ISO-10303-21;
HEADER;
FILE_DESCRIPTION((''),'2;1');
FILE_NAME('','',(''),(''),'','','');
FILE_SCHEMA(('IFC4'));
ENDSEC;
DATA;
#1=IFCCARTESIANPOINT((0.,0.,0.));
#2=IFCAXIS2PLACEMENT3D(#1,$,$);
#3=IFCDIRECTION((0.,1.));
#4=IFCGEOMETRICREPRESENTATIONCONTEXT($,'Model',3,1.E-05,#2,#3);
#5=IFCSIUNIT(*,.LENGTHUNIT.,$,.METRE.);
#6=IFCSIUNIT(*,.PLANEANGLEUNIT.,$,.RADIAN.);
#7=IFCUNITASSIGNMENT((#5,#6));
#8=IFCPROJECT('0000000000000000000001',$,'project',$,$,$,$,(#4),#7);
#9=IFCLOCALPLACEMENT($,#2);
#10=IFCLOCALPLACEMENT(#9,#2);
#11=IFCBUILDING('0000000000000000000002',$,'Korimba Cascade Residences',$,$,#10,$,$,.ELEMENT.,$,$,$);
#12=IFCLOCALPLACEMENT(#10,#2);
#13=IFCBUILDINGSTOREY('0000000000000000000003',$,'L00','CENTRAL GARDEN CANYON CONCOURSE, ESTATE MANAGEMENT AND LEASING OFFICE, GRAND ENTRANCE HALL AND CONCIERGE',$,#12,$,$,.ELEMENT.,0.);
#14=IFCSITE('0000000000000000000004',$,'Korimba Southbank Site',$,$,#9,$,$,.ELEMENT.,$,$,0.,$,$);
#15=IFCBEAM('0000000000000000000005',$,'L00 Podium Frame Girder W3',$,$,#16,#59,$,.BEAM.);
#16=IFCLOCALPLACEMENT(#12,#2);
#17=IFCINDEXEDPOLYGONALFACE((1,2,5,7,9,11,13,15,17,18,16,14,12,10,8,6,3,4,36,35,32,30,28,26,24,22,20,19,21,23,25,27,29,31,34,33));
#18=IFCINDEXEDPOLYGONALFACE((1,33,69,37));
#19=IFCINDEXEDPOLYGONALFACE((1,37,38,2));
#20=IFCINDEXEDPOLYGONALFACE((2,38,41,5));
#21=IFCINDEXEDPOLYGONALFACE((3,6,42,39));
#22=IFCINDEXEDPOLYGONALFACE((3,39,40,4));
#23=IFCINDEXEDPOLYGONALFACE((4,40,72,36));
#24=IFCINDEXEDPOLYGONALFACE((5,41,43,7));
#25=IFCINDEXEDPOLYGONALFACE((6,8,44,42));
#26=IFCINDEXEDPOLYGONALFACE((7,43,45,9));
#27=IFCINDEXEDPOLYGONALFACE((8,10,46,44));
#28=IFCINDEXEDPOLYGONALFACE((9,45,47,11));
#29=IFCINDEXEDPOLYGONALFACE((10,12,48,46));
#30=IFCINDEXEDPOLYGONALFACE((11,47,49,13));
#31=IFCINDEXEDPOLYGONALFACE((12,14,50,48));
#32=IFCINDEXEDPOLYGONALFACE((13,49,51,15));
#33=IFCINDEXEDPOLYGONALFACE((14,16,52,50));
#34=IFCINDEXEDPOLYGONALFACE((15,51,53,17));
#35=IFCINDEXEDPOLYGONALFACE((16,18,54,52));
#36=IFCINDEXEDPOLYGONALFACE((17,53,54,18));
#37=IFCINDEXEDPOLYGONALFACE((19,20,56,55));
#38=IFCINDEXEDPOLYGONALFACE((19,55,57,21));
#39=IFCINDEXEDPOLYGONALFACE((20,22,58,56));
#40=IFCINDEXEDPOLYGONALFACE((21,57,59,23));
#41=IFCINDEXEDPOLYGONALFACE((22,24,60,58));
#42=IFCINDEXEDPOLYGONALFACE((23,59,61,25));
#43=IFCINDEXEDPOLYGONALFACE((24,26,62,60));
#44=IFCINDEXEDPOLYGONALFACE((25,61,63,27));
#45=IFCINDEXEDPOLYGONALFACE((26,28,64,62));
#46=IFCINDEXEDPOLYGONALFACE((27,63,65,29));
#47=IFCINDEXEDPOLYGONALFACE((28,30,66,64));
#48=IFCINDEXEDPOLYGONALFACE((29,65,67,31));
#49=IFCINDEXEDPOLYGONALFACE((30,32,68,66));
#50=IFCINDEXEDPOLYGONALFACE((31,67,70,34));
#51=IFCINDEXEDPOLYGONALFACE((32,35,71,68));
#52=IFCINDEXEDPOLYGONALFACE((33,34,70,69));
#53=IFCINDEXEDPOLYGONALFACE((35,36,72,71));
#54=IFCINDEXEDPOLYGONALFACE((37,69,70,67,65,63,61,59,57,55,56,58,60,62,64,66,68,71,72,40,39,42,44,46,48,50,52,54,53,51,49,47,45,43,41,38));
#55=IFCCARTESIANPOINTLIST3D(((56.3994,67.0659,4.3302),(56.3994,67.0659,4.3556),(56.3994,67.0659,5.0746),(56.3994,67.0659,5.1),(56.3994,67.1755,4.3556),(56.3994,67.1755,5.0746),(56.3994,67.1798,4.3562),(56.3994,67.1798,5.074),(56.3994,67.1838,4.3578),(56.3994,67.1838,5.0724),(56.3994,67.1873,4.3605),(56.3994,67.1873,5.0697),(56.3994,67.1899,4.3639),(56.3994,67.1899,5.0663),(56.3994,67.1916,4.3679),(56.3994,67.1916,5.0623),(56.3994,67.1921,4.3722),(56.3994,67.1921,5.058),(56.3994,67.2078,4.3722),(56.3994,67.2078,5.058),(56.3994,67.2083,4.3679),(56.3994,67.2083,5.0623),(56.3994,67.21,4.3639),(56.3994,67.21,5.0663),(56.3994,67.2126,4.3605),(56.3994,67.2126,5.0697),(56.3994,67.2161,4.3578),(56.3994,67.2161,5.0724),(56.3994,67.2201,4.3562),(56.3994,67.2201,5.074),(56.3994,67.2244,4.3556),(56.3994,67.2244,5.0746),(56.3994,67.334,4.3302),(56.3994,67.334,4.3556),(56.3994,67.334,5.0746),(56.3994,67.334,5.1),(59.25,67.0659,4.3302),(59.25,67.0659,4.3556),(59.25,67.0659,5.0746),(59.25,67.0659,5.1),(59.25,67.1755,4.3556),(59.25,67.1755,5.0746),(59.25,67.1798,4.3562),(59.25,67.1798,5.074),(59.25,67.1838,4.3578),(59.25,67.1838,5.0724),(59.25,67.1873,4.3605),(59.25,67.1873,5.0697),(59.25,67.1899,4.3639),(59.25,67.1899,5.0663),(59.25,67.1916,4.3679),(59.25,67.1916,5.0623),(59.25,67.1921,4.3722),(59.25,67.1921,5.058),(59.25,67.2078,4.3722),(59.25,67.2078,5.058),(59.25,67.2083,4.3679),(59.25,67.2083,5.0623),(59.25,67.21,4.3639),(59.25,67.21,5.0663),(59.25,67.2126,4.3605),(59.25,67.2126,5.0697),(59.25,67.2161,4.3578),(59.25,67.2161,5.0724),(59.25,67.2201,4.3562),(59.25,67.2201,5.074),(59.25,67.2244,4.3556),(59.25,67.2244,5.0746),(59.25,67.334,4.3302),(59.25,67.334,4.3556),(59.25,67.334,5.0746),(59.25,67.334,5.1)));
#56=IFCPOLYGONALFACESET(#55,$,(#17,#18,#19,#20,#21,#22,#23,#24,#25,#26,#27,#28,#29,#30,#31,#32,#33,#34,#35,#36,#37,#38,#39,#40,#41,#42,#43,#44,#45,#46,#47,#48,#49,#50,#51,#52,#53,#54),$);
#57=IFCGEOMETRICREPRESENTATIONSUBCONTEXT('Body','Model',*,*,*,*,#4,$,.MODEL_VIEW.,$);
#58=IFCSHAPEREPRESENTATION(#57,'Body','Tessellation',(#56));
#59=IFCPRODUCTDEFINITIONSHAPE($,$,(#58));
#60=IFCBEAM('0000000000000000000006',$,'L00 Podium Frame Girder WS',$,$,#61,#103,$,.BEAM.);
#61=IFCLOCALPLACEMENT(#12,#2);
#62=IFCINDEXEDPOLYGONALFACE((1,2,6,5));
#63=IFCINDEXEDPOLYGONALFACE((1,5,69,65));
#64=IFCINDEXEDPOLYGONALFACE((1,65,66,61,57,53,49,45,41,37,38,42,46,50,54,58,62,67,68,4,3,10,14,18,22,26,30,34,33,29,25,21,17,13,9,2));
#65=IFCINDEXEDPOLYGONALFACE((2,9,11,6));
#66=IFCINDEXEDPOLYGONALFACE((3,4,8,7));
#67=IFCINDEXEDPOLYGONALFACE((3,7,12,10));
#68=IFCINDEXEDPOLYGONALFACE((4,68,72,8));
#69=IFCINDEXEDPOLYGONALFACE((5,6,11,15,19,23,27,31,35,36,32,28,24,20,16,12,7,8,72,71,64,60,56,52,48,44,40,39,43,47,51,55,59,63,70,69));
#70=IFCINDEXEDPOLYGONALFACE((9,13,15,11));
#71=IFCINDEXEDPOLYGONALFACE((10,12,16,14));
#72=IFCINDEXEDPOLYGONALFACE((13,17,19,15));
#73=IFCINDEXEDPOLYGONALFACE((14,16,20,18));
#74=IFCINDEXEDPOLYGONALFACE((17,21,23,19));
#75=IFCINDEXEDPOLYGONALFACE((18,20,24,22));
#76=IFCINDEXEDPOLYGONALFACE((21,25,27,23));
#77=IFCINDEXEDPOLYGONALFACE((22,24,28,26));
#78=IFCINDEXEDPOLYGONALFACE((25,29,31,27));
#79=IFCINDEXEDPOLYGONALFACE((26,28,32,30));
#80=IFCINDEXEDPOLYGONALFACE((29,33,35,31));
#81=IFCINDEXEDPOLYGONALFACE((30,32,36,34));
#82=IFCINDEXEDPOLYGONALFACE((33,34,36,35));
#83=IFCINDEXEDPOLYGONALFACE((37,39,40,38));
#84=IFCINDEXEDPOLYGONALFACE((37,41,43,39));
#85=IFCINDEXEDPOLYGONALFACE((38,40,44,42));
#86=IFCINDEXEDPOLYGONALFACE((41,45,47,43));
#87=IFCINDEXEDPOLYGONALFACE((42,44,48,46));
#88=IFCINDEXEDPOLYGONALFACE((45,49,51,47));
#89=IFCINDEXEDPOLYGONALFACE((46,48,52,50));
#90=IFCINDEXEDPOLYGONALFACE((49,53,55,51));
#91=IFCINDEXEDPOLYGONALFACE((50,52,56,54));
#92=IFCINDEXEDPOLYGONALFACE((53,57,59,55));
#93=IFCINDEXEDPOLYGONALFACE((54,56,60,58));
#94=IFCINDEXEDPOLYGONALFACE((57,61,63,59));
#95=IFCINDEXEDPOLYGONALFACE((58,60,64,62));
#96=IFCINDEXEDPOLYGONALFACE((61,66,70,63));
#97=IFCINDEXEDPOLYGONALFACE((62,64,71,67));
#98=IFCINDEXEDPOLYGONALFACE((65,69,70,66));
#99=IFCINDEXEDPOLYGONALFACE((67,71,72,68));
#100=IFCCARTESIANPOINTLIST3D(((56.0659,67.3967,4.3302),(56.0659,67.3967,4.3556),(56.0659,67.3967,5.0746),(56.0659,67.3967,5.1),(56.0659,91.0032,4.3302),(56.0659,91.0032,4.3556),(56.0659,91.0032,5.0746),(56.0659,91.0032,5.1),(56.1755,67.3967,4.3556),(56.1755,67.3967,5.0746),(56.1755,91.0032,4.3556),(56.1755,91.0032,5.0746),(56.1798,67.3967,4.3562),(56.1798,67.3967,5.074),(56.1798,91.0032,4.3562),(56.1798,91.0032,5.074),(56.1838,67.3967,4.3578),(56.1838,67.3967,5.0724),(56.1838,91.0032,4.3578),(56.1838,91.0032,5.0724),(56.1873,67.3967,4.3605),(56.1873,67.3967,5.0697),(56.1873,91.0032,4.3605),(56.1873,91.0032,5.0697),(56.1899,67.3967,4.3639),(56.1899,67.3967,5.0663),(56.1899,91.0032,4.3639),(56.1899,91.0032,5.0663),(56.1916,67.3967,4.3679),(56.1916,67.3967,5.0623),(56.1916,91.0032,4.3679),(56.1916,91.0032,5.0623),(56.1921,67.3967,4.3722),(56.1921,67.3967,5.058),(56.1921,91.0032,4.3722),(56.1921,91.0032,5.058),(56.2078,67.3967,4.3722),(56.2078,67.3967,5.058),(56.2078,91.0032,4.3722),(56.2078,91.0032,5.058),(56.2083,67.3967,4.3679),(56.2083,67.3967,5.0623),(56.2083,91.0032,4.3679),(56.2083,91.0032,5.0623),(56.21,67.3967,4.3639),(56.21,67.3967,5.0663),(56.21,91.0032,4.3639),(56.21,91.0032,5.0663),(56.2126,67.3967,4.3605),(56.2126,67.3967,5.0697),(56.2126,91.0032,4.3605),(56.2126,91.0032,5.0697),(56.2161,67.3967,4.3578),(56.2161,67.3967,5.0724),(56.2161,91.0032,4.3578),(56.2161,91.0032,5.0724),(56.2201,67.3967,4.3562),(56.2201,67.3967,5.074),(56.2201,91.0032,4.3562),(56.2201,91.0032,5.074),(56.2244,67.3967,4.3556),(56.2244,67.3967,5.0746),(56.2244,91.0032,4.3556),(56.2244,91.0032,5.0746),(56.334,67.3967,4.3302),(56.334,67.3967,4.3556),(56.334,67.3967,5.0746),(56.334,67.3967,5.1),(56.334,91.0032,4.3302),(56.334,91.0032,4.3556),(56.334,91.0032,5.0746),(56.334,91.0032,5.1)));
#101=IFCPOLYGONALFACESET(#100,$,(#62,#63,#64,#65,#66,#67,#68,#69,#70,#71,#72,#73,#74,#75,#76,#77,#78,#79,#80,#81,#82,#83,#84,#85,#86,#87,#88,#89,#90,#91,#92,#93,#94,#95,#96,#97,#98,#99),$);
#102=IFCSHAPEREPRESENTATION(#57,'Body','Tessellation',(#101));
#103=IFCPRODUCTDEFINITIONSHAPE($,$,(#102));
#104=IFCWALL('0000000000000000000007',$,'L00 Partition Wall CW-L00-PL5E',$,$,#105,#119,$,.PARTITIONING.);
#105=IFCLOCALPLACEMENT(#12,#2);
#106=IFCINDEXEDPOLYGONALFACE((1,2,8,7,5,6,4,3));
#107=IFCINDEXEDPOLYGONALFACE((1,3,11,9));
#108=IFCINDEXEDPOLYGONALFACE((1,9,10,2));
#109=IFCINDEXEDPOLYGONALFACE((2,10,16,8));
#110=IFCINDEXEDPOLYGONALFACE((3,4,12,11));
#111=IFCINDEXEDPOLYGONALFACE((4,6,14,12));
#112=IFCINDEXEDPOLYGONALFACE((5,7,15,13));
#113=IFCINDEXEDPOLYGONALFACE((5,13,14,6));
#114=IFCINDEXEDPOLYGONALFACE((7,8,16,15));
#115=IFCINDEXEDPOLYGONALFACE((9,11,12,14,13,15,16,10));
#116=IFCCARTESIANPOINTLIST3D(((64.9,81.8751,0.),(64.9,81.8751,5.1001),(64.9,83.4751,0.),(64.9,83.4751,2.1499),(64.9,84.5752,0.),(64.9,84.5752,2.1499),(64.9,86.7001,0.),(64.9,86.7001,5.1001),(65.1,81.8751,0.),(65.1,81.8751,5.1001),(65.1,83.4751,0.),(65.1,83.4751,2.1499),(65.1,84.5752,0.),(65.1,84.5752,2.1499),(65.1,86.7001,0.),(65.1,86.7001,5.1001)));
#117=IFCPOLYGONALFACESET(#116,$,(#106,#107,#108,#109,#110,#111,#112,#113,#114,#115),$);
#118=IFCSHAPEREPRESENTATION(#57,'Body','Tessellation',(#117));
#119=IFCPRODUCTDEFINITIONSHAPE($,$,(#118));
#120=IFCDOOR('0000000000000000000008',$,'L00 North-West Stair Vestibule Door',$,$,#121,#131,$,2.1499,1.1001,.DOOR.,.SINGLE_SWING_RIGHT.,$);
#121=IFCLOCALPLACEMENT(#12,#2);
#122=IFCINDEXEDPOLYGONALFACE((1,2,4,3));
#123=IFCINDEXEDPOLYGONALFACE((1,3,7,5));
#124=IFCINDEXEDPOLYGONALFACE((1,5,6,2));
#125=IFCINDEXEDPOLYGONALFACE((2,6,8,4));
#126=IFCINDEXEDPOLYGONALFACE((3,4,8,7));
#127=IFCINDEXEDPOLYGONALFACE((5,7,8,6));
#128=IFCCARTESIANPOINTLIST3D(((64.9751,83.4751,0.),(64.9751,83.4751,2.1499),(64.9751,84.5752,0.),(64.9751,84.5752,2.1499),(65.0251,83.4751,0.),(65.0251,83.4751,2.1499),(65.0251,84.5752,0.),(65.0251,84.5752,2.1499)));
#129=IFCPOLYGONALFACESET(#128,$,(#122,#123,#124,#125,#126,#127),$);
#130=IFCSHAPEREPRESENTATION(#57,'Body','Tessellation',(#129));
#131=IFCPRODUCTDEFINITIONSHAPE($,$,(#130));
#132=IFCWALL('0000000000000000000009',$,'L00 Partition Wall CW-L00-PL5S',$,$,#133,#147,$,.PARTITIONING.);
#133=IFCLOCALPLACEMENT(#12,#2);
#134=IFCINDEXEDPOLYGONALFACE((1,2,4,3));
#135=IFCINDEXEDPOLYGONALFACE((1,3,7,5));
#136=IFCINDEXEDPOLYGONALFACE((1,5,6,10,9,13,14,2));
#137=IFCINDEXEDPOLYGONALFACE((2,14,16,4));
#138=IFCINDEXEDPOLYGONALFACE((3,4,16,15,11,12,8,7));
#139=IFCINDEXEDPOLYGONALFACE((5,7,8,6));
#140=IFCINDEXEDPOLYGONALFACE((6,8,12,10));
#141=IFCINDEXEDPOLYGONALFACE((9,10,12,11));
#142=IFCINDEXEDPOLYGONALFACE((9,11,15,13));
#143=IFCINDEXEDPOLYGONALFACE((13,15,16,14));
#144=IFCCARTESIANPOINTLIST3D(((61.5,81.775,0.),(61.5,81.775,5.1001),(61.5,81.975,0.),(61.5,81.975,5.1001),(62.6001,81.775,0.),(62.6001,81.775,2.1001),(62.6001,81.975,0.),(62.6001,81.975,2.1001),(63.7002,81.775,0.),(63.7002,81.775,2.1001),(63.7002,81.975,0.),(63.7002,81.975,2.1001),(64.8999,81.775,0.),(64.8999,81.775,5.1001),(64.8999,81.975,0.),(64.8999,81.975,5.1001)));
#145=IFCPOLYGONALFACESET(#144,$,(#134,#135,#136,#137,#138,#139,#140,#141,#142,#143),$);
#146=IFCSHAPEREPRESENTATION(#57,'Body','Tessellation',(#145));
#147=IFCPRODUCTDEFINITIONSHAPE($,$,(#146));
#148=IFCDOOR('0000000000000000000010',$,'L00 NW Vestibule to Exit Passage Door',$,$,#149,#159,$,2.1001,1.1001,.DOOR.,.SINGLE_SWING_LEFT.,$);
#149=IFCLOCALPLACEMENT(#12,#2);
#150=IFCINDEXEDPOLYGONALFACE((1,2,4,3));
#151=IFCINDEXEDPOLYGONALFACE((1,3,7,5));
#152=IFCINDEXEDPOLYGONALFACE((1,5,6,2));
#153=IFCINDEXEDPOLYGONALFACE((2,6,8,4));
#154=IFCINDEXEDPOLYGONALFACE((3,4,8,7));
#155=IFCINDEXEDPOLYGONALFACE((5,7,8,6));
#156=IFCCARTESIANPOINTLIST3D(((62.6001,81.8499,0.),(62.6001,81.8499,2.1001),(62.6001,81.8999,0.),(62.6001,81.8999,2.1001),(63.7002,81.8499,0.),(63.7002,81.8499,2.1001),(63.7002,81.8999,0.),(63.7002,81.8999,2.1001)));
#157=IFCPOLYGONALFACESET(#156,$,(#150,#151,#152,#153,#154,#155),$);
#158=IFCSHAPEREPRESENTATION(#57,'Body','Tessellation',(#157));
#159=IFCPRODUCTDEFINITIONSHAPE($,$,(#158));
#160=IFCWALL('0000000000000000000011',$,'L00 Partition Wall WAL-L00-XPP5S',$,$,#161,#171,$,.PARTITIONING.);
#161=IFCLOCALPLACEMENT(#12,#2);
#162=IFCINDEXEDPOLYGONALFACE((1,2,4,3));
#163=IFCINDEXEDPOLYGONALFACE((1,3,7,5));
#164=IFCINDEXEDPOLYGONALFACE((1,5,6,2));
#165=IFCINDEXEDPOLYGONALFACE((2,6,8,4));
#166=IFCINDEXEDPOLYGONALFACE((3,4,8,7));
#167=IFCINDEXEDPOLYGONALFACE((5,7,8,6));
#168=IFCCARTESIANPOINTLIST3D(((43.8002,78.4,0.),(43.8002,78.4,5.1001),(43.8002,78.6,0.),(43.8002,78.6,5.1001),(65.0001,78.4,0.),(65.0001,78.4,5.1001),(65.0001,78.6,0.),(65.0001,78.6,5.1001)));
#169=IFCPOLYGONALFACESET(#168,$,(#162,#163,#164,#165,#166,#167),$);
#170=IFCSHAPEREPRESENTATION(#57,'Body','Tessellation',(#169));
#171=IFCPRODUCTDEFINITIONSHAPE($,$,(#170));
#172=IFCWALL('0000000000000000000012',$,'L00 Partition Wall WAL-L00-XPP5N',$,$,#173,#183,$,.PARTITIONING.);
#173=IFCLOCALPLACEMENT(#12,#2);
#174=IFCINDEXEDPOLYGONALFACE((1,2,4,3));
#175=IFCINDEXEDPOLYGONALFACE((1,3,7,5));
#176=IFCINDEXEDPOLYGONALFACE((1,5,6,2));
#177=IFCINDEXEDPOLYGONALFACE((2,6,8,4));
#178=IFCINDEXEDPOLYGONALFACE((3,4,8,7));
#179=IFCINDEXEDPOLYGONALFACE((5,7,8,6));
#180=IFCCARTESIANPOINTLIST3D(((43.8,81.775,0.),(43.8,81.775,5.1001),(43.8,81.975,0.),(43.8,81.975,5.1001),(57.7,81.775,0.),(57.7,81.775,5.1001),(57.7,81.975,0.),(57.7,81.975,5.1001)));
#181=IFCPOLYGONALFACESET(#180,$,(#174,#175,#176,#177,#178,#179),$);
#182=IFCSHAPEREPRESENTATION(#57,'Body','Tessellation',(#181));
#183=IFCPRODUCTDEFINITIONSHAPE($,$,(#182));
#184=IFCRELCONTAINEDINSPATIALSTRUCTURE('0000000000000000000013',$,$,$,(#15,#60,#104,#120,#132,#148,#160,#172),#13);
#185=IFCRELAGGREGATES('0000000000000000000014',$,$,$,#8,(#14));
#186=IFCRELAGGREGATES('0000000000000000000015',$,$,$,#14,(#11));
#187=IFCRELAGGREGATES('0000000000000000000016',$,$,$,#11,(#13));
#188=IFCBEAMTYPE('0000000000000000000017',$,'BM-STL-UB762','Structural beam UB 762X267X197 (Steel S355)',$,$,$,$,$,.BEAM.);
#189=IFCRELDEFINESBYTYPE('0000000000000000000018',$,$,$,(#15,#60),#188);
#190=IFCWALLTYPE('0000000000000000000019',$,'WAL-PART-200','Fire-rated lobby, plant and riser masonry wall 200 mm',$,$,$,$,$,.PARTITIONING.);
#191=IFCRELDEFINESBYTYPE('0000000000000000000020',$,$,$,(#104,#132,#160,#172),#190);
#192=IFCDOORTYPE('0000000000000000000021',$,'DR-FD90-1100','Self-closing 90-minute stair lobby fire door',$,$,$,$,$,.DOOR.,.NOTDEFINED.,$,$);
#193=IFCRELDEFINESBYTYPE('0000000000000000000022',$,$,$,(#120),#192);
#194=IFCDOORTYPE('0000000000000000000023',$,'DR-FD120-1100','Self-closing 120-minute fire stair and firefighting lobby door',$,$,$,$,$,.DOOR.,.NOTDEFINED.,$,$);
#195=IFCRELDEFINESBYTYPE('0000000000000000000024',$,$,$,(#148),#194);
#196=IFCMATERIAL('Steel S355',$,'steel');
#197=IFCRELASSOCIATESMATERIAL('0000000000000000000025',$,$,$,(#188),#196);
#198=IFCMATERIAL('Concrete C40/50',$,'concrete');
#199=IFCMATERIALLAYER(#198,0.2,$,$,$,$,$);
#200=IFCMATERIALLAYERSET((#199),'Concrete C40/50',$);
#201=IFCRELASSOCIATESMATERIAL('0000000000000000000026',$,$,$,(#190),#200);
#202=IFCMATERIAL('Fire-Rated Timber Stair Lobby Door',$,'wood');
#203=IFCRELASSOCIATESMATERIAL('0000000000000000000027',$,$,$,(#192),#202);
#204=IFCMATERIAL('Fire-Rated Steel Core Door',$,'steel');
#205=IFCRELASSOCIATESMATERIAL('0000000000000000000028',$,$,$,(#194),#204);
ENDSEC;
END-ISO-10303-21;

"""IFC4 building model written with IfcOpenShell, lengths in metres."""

from ifc_helpers import new_model, si_unit, direction, frame, frame_2d, origin, origin_2d, place, context, subcontext, project, spatial, rectangle, i_section, extrude, material, layer, layer_set, material_profile, profile_set, type_object, element, fill, save


model = new_model("IFC4")

# Units and contexts
model_context = context("Model", 3, precision=1e-05, world=origin(), true_north=direction((0.0, 1.0)))
body_context = subcontext(model_context, "Body", "Model", "MODEL_VIEW")
ifc_project = project(units=[si_unit("LENGTHUNIT", "METRE"), si_unit("PLANEANGLEUNIT", "RADIAN")], contexts=[model_context])

# Site, building, storey
site_placement = place(None, origin())
site = spatial("IfcSite", under=ifc_project, at=site_placement, Name="Korimba Southbank Site", CompositionType="ELEMENT", RefElevation=0.0)
building_placement = place(site_placement, origin())
building = spatial("IfcBuilding", under=site, at=building_placement, Name="Korimba Cascade Residences", CompositionType="ELEMENT")
storey_placement = place(building_placement, origin())
storey = spatial("IfcBuildingStorey", under=building, at=storey_placement, Name="L00", Description="CENTRAL GARDEN CANYON CONCOURSE, ESTATE MANAGEMENT AND LEASING OFFICE, GRAND ENTRANCE HALL AND CONCIERGE", CompositionType="ELEMENT", Elevation=0.0)

# Shared definitions
ifc_material_1 = material(Name="Steel S355", Category="steel")

# Beams
ifc_material_profile_1 = material_profile(ifc_material_1, i_section(OverallWidth=0.2681, OverallDepth=0.7698, WebThickness=0.0156, FlangeThickness=0.0254, FilletRadius=0.0166, at=origin_2d()), Name="Steel S355")
ifc_profile_set_1 = profile_set([ifc_material_profile_1], Name="Steel S355")
beam_type_1 = type_object("IfcBeamType", Name="BM-STL-UB762", Description="Structural beam UB 762X267X197 (Steel S355)", PredefinedType="BEAM", material=ifc_profile_set_1)
beam_1_placement = place(storey_placement, frame((56.3994, 67.2, 4.7151), z_axis=(1.0, 0.0, 0.0), x_axis=(0.0, 1.0, 0.0)))
element("IfcBeam", 1, at=beam_1_placement, inside=storey, type_object=beam_type_1, Name="L00 Podium Frame Girder W3", PredefinedType="BEAM", context=body_context, shape_type="SweptSolid", body=[
    extrude(i_section(OverallWidth=0.2681, OverallDepth=0.7698, WebThickness=0.0156, FlangeThickness=0.0254, FilletRadius=0.0166, at=origin_2d()), origin(), (0.0, 0.0, 1.0), 2.8506),
])
beam_2_placement = place(storey_placement, frame((56.2, 67.3967, 4.7151), z_axis=(0.0, 1.0, 0.0), x_axis=(-1.0, 0.0, 0.0)))
element("IfcBeam", 2, at=beam_2_placement, inside=storey, type_object=beam_type_1, Name="L00 Podium Frame Girder WS", PredefinedType="BEAM", context=body_context, shape_type="SweptSolid", body=[
    extrude(i_section(OverallWidth=0.2681, OverallDepth=0.7698, WebThickness=0.0156, FlangeThickness=0.0254, FilletRadius=0.0166, at=origin_2d()), origin(), (0.0, 0.0, 1.0), 23.6064),
])

# Walls, openings, doors
ifc_material_2 = material(Name="Concrete C40/50", Category="concrete")
ifc_layer_1 = layer(ifc_material_2, 0.2)
ifc_layer_set_1 = layer_set([ifc_layer_1], Name="Concrete C40/50")
wall_type_1 = type_object("IfcWallType", Name="WAL-PART-200", Description="Fire-rated lobby, plant and riser masonry wall 200 mm", PredefinedType="PARTITIONING", material=ifc_layer_set_1)
wall_1_placement = place(storey_placement, frame((65.0, 81.875, 0.0), z_axis=(0.0, 0.0, 1.0), x_axis=(0.0, 1.0, 0.0)))
wall_1 = element("IfcWall", 3, at=wall_1_placement, inside=storey, type_object=wall_type_1, Name="L00 Partition Wall CW-L00-PL5E", PredefinedType="PARTITIONING", context=body_context, shape_type="SweptSolid", body=[
    extrude(rectangle(XDim=4.825, YDim=0.2, at=frame_2d((2.4126, 0.0))), origin(), (0.0, 0.0, 1.0), 5.1001),
])
opening_1_placement = place(wall_1_placement, frame((1.6001, 0.0, 0.0)))
opening_1 = element("IfcOpeningElement", 4, at=opening_1_placement, cuts=wall_1, PredefinedType="OPENING", context=body_context, shape_type="SweptSolid", body=[
    extrude(rectangle(XDim=1.1001, YDim=2.1499, at=frame_2d((0.55, 1.075))), frame((0.0, 0.1099, 0.0), z_axis=(0.0, -1.0, 0.0), x_axis=(1.0, 0.0, 0.0)), (0.0, 0.0, 1.0), 0.22),
])
ifc_material_3 = material(Name="Fire-Rated Timber Stair Lobby Door", Category="wood")
door_type_1 = type_object("IfcDoorType", Name="DR-FD90-1100", Description="Self-closing 90-minute stair lobby fire door", OperationType="NOTDEFINED", PredefinedType="DOOR", material=ifc_material_3)
door_1_placement = place(opening_1_placement, origin())
door_1 = element("IfcDoor", 5, at=door_1_placement, inside=storey, type_object=door_type_1, Name="L00 North-West Stair Vestibule Door", OperationType="SINGLE_SWING_RIGHT", OverallHeight=2.1499, OverallWidth=1.1001, PredefinedType="DOOR", context=body_context, shape_type="SweptSolid", body=[
    extrude(rectangle(XDim=1.1001, YDim=2.1499, at=frame_2d((0.55, 1.075))), frame((0.0, 0.0249, 0.0), z_axis=(0.0, -1.0, 0.0), x_axis=(1.0, 0.0, 0.0)), (0.0, 0.0, 1.0), 0.05),
])
fill(opening_1, door_1)
wall_2_placement = place(storey_placement, frame((61.5, 81.875, 0.0), z_axis=(0.0, 0.0, 1.0), x_axis=(1.0, 0.0, 0.0)))
wall_2 = element("IfcWall", 6, at=wall_2_placement, inside=storey, type_object=wall_type_1, Name="L00 Partition Wall CW-L00-PL5S", PredefinedType="PARTITIONING", context=body_context, shape_type="SweptSolid", body=[
    extrude(rectangle(XDim=3.3999, YDim=0.2, at=frame_2d((1.7, 0.0))), origin(), (0.0, 0.0, 1.0), 5.1001),
])
opening_2_placement = place(wall_2_placement, frame((1.1001, 0.0, 0.0)))
opening_2 = element("IfcOpeningElement", 7, at=opening_2_placement, cuts=wall_2, PredefinedType="OPENING", context=body_context, shape_type="SweptSolid", body=[
    extrude(rectangle(XDim=1.1001, YDim=2.1001, at=frame_2d((0.55, 1.05))), frame((0.0, 0.1099, 0.0), z_axis=(0.0, -1.0, 0.0), x_axis=(1.0, 0.0, 0.0)), (0.0, 0.0, 1.0), 0.22),
])
ifc_material_4 = material(Name="Fire-Rated Steel Core Door", Category="steel")
door_type_2 = type_object("IfcDoorType", Name="DR-FD120-1100", Description="Self-closing 120-minute fire stair and firefighting lobby door", OperationType="NOTDEFINED", PredefinedType="DOOR", material=ifc_material_4)
door_2_placement = place(opening_2_placement, origin())
door_2 = element("IfcDoor", 8, at=door_2_placement, inside=storey, type_object=door_type_2, Name="L00 NW Vestibule to Exit Passage Door", OperationType="SINGLE_SWING_LEFT", OverallHeight=2.1001, OverallWidth=1.1001, PredefinedType="DOOR", context=body_context, shape_type="SweptSolid", body=[
    extrude(rectangle(XDim=1.1001, YDim=2.1001, at=frame_2d((0.55, 1.05))), frame((0.0, 0.0249, 0.0), z_axis=(0.0, -1.0, 0.0), x_axis=(1.0, 0.0, 0.0)), (0.0, 0.0, 1.0), 0.05),
])
fill(opening_2, door_2)

# Walls
wall_3_placement = place(storey_placement, frame((43.8, 78.5, 0.0), z_axis=(0.0, 0.0, 1.0), x_axis=(1.0, 0.0, 0.0)))
element("IfcWall", 9, at=wall_3_placement, inside=storey, type_object=wall_type_1, Name="L00 Partition Wall WAL-L00-XPP5S", PredefinedType="PARTITIONING", context=body_context, shape_type="SweptSolid", body=[
    extrude(rectangle(XDim=21.2, YDim=0.2, at=frame_2d((10.6001, 0.0))), origin(), (0.0, 0.0, 1.0), 5.1001),
])
wall_4_placement = place(storey_placement, frame((43.8, 81.875, 0.0), z_axis=(0.0, 0.0, 1.0), x_axis=(1.0, 0.0, 0.0)))
element("IfcWall", 10, at=wall_4_placement, inside=storey, type_object=wall_type_1, Name="L00 Partition Wall WAL-L00-XPP5N", PredefinedType="PARTITIONING", context=body_context, shape_type="SweptSolid", body=[
    extrude(rectangle(XDim=13.8999, YDim=0.2, at=frame_2d((6.95, 0.0))), origin(), (0.0, 0.0, 1.0), 5.1001),
])

save(model, "model.ifc")
